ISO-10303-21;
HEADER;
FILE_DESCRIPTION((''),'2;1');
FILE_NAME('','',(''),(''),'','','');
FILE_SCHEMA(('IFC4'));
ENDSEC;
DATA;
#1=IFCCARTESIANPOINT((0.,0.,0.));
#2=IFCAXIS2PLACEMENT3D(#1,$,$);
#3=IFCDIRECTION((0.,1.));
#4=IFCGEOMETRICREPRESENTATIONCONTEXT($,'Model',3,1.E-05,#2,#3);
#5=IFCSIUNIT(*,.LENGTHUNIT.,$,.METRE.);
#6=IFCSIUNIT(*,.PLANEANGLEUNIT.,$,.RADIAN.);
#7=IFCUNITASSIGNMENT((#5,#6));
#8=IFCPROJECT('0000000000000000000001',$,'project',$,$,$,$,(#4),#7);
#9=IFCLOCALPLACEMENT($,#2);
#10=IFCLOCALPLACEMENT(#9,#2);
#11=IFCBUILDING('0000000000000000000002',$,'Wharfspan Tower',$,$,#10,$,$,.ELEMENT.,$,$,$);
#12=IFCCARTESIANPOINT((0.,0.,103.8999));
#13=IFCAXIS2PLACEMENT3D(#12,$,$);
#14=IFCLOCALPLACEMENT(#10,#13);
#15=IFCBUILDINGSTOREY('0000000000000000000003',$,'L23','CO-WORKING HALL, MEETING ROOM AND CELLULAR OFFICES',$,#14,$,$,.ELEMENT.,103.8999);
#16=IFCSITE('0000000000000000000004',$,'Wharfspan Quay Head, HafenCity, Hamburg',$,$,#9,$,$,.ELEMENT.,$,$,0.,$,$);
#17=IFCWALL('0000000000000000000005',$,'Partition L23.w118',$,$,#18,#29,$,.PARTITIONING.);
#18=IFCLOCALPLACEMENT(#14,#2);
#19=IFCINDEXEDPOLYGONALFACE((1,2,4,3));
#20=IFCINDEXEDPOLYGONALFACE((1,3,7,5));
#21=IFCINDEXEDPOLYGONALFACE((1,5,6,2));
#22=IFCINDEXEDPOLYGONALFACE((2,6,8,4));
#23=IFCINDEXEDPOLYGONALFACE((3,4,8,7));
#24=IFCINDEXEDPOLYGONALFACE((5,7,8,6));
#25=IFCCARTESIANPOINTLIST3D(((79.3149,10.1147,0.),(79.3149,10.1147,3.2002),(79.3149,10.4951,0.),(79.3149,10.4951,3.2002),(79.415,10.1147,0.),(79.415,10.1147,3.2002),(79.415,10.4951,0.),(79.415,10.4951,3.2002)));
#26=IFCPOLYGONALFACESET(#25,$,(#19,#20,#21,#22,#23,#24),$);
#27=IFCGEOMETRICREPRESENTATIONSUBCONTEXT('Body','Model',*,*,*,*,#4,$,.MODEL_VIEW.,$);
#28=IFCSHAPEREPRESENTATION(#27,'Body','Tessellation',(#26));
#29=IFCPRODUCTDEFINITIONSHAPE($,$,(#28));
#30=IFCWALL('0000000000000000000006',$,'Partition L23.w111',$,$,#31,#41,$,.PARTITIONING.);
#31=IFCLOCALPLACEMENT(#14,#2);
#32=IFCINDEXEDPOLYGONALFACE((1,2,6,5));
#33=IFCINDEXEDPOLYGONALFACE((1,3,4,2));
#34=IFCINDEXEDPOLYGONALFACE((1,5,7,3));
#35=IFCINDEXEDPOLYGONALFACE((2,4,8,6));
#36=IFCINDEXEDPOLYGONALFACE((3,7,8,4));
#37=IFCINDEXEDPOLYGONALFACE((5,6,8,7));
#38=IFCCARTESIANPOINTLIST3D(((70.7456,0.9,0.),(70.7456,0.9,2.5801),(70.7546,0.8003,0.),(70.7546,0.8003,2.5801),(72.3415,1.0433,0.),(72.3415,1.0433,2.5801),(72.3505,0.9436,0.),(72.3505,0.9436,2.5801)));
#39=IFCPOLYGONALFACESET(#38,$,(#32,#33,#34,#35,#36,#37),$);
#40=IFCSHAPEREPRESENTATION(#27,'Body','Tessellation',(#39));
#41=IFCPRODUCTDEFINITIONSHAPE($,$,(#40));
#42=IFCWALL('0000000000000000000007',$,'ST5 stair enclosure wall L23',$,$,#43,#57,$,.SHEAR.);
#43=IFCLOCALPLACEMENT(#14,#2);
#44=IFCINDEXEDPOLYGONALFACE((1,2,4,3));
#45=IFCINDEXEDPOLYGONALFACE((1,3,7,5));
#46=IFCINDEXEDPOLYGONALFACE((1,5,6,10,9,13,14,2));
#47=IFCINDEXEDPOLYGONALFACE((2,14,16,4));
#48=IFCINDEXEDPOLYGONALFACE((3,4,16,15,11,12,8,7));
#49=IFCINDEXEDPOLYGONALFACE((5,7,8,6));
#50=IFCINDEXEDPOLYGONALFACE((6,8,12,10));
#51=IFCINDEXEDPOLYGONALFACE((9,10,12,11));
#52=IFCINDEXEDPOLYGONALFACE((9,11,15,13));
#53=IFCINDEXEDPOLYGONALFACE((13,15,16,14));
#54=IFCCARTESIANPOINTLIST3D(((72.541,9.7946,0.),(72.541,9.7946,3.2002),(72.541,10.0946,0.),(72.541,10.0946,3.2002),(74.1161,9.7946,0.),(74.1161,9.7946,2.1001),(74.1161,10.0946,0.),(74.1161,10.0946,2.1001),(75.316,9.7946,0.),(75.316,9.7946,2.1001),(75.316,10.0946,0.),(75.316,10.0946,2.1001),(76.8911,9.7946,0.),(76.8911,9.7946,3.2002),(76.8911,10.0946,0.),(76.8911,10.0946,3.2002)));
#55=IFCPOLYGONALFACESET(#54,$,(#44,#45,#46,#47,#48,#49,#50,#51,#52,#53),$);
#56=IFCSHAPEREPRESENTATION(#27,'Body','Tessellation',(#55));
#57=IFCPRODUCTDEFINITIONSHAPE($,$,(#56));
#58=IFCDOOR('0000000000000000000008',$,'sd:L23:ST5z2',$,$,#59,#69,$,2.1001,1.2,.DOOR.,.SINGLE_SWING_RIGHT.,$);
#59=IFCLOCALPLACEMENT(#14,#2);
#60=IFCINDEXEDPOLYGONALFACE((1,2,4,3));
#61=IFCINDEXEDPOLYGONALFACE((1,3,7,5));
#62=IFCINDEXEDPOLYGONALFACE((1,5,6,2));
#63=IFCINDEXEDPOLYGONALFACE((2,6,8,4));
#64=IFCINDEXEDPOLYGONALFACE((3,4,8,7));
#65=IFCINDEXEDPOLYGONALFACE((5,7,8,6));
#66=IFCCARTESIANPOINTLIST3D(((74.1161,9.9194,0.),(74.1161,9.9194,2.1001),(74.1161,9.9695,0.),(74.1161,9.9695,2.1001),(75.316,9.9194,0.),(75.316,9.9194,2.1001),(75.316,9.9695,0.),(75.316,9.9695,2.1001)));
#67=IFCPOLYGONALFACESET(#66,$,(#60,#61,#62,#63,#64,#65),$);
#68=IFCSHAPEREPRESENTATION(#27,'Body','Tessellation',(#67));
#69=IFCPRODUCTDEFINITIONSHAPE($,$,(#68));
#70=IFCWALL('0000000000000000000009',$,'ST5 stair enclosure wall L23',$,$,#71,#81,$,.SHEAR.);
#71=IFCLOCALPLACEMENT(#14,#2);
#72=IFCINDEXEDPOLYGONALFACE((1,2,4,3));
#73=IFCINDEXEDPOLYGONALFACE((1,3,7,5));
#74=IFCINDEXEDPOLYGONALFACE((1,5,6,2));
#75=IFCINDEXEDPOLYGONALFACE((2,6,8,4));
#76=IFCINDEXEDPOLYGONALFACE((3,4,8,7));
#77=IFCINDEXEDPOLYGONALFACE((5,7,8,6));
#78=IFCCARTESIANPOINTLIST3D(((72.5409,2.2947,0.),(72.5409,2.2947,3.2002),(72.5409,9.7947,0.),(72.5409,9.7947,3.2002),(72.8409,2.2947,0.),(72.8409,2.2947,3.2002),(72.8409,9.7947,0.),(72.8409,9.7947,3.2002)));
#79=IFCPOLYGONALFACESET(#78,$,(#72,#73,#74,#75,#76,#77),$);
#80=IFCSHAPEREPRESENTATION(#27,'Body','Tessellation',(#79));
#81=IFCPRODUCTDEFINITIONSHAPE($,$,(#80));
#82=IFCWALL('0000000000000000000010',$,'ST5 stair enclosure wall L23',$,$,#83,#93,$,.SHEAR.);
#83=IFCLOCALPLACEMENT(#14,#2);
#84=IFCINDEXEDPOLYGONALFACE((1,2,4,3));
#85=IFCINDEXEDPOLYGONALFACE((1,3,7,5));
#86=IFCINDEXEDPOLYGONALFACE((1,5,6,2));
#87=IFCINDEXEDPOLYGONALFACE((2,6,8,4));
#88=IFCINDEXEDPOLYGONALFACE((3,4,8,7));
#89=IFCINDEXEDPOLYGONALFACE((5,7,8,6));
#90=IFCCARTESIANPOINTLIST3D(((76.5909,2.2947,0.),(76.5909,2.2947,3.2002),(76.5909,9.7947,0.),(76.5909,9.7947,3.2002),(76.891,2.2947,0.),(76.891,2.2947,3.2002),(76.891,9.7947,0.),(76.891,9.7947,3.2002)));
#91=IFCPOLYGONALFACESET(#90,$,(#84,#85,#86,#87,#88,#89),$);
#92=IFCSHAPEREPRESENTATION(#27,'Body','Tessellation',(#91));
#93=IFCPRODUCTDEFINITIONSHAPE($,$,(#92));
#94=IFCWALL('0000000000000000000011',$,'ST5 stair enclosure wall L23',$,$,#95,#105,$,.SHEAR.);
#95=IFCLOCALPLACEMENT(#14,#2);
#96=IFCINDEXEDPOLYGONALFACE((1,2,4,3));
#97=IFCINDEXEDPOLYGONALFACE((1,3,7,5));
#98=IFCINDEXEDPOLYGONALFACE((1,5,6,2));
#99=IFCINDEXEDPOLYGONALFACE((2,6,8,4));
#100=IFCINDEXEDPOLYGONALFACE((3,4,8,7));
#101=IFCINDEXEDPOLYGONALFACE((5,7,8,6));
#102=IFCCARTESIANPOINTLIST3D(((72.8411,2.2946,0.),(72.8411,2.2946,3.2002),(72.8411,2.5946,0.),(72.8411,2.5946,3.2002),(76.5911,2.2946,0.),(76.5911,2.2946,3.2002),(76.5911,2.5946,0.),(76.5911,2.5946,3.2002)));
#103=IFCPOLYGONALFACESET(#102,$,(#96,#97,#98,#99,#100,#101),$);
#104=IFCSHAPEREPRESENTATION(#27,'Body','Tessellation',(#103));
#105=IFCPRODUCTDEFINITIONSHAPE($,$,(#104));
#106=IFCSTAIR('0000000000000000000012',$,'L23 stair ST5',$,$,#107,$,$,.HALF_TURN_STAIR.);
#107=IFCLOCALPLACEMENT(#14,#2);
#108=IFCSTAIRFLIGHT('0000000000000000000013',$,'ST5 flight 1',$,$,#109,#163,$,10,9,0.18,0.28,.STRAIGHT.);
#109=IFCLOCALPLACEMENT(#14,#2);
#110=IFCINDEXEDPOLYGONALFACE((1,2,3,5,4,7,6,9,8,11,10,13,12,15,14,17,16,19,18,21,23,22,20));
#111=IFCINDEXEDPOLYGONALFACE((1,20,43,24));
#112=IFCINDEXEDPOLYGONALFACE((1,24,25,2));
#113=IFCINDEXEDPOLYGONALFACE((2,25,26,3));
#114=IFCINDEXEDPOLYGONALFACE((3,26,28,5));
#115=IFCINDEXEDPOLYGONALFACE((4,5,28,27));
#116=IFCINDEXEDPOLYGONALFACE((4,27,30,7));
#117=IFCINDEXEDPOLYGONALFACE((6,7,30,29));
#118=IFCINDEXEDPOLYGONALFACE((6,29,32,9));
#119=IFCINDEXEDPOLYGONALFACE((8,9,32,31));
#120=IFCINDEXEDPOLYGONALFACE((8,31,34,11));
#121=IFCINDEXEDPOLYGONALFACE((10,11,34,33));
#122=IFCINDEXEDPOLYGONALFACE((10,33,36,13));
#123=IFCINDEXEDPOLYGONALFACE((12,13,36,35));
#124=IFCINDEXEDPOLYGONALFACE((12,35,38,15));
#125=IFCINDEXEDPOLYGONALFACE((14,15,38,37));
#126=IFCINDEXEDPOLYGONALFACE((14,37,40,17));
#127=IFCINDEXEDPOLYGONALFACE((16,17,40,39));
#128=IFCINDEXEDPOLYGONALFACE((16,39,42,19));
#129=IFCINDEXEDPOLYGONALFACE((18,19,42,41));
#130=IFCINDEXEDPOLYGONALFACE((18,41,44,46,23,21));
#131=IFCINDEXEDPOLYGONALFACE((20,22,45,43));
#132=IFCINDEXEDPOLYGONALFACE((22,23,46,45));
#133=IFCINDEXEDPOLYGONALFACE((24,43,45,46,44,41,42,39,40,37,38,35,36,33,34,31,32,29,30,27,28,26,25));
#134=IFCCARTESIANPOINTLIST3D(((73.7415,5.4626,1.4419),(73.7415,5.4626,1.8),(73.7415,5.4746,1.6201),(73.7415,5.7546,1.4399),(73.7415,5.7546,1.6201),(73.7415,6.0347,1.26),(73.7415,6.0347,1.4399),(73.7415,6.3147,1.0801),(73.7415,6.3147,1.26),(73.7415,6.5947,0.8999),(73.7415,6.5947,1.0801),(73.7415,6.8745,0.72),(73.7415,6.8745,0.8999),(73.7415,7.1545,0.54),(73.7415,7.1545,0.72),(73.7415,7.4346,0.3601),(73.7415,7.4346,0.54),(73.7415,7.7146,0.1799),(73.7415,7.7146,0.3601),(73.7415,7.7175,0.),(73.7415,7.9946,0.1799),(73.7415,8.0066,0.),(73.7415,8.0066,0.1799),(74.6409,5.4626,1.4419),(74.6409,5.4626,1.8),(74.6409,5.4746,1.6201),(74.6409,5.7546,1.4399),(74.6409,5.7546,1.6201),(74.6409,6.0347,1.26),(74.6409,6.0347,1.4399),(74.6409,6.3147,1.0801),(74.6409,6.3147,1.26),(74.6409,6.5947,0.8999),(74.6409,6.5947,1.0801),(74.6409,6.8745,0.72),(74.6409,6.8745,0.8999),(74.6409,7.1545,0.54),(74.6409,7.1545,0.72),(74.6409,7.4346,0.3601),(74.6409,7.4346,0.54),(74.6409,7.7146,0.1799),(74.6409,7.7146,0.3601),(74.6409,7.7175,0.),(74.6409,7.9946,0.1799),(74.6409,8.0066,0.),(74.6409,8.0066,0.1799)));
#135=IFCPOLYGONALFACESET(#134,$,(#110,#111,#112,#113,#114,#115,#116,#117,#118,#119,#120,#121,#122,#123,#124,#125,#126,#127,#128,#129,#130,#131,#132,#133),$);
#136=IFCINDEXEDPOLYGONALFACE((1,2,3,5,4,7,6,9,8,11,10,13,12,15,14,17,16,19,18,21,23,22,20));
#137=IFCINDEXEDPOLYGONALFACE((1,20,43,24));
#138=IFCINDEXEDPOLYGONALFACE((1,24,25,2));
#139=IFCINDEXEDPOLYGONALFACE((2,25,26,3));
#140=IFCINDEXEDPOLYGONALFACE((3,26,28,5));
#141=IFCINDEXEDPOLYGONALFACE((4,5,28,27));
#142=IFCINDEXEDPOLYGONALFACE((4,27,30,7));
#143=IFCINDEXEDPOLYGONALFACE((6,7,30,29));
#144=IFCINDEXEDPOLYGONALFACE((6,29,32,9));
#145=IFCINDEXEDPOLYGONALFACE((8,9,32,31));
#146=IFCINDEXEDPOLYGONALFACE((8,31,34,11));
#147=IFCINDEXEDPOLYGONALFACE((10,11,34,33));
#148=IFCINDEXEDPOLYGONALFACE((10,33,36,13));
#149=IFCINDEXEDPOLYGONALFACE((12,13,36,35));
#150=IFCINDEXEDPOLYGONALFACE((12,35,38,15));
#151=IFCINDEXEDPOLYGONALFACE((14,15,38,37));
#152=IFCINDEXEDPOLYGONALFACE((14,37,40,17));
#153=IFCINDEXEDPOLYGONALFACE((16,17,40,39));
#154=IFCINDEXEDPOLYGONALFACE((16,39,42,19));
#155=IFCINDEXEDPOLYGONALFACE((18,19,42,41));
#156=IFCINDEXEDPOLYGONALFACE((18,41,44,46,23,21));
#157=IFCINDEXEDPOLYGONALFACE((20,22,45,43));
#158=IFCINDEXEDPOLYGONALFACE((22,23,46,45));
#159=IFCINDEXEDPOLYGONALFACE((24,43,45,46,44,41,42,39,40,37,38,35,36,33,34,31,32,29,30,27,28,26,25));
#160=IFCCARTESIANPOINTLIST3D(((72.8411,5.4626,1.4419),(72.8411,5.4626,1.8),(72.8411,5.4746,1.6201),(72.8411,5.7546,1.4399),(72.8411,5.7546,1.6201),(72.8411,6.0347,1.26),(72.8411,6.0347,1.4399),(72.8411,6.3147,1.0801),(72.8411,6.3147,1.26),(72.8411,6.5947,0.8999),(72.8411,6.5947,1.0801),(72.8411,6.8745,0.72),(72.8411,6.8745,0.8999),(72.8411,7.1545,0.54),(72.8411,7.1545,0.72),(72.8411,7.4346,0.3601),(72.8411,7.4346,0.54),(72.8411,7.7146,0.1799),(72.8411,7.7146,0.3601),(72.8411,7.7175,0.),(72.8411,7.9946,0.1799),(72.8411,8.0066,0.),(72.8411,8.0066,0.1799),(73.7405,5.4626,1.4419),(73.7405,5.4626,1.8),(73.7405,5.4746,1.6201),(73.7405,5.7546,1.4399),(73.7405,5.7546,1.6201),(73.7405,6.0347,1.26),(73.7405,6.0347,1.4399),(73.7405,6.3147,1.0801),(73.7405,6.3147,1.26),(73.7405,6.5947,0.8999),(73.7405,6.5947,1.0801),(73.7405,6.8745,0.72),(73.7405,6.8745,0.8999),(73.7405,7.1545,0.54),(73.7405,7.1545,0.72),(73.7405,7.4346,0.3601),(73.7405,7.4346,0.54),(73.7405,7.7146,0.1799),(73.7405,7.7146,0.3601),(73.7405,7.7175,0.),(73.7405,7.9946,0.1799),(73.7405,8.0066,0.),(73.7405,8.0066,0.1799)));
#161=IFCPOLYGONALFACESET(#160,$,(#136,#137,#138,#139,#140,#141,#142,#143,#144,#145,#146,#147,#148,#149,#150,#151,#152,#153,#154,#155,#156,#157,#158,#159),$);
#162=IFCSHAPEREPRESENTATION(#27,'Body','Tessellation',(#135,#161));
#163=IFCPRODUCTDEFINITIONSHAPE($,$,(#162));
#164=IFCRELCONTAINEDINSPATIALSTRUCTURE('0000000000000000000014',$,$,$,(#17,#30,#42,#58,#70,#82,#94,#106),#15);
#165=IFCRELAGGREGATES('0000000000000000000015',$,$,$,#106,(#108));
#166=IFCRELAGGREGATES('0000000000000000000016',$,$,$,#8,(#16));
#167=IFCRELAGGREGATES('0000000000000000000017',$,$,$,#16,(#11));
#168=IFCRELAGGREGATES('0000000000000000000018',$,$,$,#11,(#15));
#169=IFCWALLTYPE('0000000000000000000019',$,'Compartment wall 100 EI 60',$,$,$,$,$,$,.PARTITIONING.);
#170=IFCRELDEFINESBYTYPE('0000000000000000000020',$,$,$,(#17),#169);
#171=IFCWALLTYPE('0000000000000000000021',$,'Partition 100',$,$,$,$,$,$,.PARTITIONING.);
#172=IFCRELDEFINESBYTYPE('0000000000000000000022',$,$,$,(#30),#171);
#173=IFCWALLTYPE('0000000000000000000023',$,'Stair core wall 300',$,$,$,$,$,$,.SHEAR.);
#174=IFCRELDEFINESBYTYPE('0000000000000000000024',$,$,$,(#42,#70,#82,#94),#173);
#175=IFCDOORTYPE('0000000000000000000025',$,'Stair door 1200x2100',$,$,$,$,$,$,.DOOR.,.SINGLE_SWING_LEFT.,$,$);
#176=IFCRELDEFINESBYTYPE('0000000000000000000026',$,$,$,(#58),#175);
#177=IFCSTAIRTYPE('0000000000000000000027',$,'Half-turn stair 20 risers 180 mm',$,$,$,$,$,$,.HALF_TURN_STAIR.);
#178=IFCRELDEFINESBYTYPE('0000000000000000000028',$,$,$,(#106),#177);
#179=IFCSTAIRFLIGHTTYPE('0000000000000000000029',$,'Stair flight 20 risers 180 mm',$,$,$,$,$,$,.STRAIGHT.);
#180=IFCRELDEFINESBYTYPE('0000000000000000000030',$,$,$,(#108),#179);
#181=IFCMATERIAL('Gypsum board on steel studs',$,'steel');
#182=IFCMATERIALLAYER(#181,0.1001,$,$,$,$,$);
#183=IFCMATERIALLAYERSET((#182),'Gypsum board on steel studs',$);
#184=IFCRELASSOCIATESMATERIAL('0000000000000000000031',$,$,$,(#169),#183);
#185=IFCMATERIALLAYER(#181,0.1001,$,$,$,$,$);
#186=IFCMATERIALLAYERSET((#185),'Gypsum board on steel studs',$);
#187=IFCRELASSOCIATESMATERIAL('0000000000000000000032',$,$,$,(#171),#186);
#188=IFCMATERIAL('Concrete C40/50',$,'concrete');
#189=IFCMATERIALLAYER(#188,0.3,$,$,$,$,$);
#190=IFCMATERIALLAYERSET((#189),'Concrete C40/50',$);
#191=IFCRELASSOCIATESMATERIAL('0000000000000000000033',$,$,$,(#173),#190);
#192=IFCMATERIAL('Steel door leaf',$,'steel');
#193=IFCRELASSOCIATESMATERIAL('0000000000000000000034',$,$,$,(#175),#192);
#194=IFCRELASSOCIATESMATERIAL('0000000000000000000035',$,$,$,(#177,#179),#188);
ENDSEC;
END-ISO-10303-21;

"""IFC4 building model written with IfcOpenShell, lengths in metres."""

from ifc_helpers import new_model, si_unit, direction, frame, frame_2d, origin, place, context, subcontext, project, spatial, polyline, rectangle, outline, extrude, material, layer, layer_set, type_object, element, fill, aggregate, save


model = new_model("IFC4")

# Units and contexts
model_context = context("Model", 3, precision=1e-05, world=origin(), true_north=direction((0.0, 1.0)))
body_context = subcontext(model_context, "Body", "Model", "MODEL_VIEW")
ifc_project = project(units=[si_unit("LENGTHUNIT", "METRE"), si_unit("PLANEANGLEUNIT", "RADIAN")], contexts=[model_context])

# Site, building, storey
site_placement = place(None, origin())
site = spatial("IfcSite", under=ifc_project, at=site_placement, Name="Wharfspan Quay Head, HafenCity, Hamburg", CompositionType="ELEMENT", RefElevation=0.0)
building_placement = place(site_placement, origin())
building = spatial("IfcBuilding", under=site, at=building_placement, Name="Wharfspan Tower", CompositionType="ELEMENT")
storey_placement = place(building_placement, frame((0.0, 0.0, 103.8999)))
storey = spatial("IfcBuildingStorey", under=building, at=storey_placement, Name="L23", Description="CO-WORKING HALL, MEETING ROOM AND CELLULAR OFFICES", CompositionType="ELEMENT", Elevation=103.8999)

# Walls
ifc_material_1 = material(Name="Gypsum board on steel studs", Category="steel")
ifc_layer_1 = layer(ifc_material_1, 0.1001)
ifc_layer_set_1 = layer_set([ifc_layer_1], Name="Gypsum board on steel studs")
wall_type_1 = type_object("IfcWallType", Name="Compartment wall 100 EI 60", PredefinedType="PARTITIONING", material=ifc_layer_set_1)
wall_1_placement = place(storey_placement, frame((79.365, 10.1147, 0.0), z_axis=(0.0, 0.0, 1.0), x_axis=(0.0, 1.0, 0.0)))
element("IfcWall", 1, at=wall_1_placement, inside=storey, type_object=wall_type_1, Name="Partition L23.w118", PredefinedType="PARTITIONING", context=body_context, shape_type="SweptSolid", body=[
    extrude(rectangle(XDim=0.3804, YDim=0.1001, at=frame_2d((0.1902, 0.0))), origin(), (0.0, 0.0, 1.0), 3.2002),
])
ifc_layer_2 = layer(ifc_material_1, 0.1001)
ifc_layer_set_2 = layer_set([ifc_layer_2], Name="Gypsum board on steel studs")
wall_type_2 = type_object("IfcWallType", Name="Partition 100", PredefinedType="PARTITIONING", material=ifc_layer_set_2)
wall_2_placement = place(storey_placement, frame((70.75, 0.8501, 0.0), z_axis=(0.0, 0.0, 1.0), x_axis=(0.995996, 0.089437, 0.0)))
element("IfcWall", 2, at=wall_2_placement, inside=storey, type_object=wall_type_2, Name="Partition L23.w111", PredefinedType="PARTITIONING", context=body_context, shape_type="SweptSolid", body=[
    extrude(rectangle(XDim=1.6023, YDim=0.1001, at=frame_2d((0.8013, 0.0))), origin(), (0.0, 0.0, 1.0), 2.5801),
])

# Wall, opening, door
ifc_material_2 = material(Name="Concrete C40/50", Category="concrete")
ifc_layer_3 = layer(ifc_material_2, 0.3)
ifc_layer_set_3 = layer_set([ifc_layer_3], Name="Concrete C40/50")
wall_type_3 = type_object("IfcWallType", Name="Stair core wall 300", PredefinedType="SHEAR", material=ifc_layer_set_3)
wall_3_placement = place(storey_placement, frame((72.541, 9.9446, 0.0), z_axis=(0.0, 0.0, 1.0), x_axis=(1.0, 0.0, 0.0)))
wall_3 = element("IfcWall", 3, at=wall_3_placement, inside=storey, type_object=wall_type_3, Name="ST5 stair enclosure wall L23", PredefinedType="SHEAR", context=body_context, shape_type="SweptSolid", body=[
    extrude(rectangle(XDim=4.3501, YDim=0.3, at=frame_2d((2.175, 0.0))), origin(), (0.0, 0.0, 1.0), 3.2002),
])
opening_placement = place(wall_3_placement, frame((1.575, 0.0, 0.0)))
opening = element("IfcOpeningElement", 4, at=opening_placement, cuts=wall_3, PredefinedType="OPENING", context=body_context, shape_type="SweptSolid", body=[
    extrude(rectangle(XDim=1.2, YDim=2.1001, at=frame_2d((0.6001, 1.05))), frame((0.0, 0.1599, 0.0), z_axis=(0.0, -1.0, 0.0), x_axis=(1.0, 0.0, 0.0)), (0.0, 0.0, 1.0), 0.3201),
])
ifc_material_3 = material(Name="Steel door leaf", Category="steel")
door_type = type_object("IfcDoorType", Name="Stair door 1200x2100", OperationType="SINGLE_SWING_LEFT", PredefinedType="DOOR", material=ifc_material_3)
door_placement = place(opening_placement, origin())
door = element("IfcDoor", 5, at=door_placement, inside=storey, type_object=door_type, Name="sd:L23:ST5z2", OperationType="SINGLE_SWING_RIGHT", OverallHeight=2.1001, OverallWidth=1.2, PredefinedType="DOOR", context=body_context, shape_type="SweptSolid", body=[
    extrude(rectangle(XDim=1.2, YDim=2.1001, at=frame_2d((0.6001, 1.05))), frame((0.0, 0.0249, 0.0), z_axis=(0.0, -1.0, 0.0), x_axis=(1.0, 0.0, 0.0)), (0.0, 0.0, 1.0), 0.05),
])
fill(opening, door)

# Walls
for number, where, z_axis, x_axis, name in (
    (6, (72.6909, 2.2947, 0.0), (0.0, 0.0, 1.0), (0.0, 1.0, 0.0), "ST5 stair enclosure wall L23"),
    (7, (76.741, 2.2947, 0.0), (0.0, 0.0, 1.0), (0.0, 1.0, 0.0), "ST5 stair enclosure wall L23"),
):
    element("IfcWall", number, at=place(storey_placement, frame(where, z_axis=z_axis, x_axis=x_axis)), inside=storey, type_object=wall_type_3, Name=name, PredefinedType="SHEAR", context=body_context, shape_type="SweptSolid", body=[
        extrude(rectangle(XDim=7.5, YDim=0.3, at=frame_2d((3.75, 0.0))), origin(), (0.0, 0.0, 1.0), 3.2002),
    ])
wall_4_placement = place(storey_placement, frame((72.8411, 2.4446, 0.0), z_axis=(0.0, 0.0, 1.0), x_axis=(1.0, 0.0, 0.0)))
element("IfcWall", 8, at=wall_4_placement, inside=storey, type_object=wall_type_3, Name="ST5 stair enclosure wall L23", PredefinedType="SHEAR", context=body_context, shape_type="SweptSolid", body=[
    extrude(rectangle(XDim=3.75, YDim=0.3, at=frame_2d((1.875, 0.0))), origin(), (0.0, 0.0, 1.0), 3.2002),
])

# Stair, stair flight
stair_type = type_object("IfcStairType", Name="Half-turn stair 20 risers 180 mm", PredefinedType="HALF_TURN_STAIR", material=ifc_material_2)
stair_placement = place(storey_placement, origin())
stair = element("IfcStair", 9, at=stair_placement, inside=storey, type_object=stair_type, Name="L23 stair ST5", PredefinedType="HALF_TURN_STAIR")
stair_flight_type = type_object("IfcStairFlightType", Name="Stair flight 20 risers 180 mm", PredefinedType="STRAIGHT", material=ifc_material_2)
stair_flight_1_placement = place(storey_placement, frame((73.741, 7.9946, 0.0), z_axis=(0.0, 0.0, 1.0), x_axis=(0.0, -1.0, 0.0)))
stair_flight_1 = element("IfcStairFlight", 10, at=stair_flight_1_placement, type_object=stair_flight_type, Name="ST5 flight 1", NumberOfRisers=10, NumberOfTreads=9, PredefinedType="STRAIGHT", RiserHeight=0.18, TreadLength=0.28, context=body_context, shape_type="SweptSolid", body=[
    extrude(outline(polyline([(-0.012, 0.0), (-0.012, 0.1799), (0.0, 0.1799), (0.28, 0.1799), (0.28, 0.3601), (0.5601, 0.3601), (0.5601, 0.54), (0.8401, 0.54), (0.8401, 0.72), (1.1201, 0.72), (1.1201, 0.8999), (1.3999, 0.8999), (1.3999, 1.0801), (1.6799, 1.0801), (1.6799, 1.26), (1.96, 1.26), (1.96, 1.4399), (2.24, 1.4399), (2.24, 1.6201), (2.52, 1.6201), (2.532, 1.8), (2.532, 1.4419), (0.2771, 0.0), (-0.012, 0.0)])), frame((0.0, 0.8999, 0.0), z_axis=(0.0, -1.0, 0.0), x_axis=(1.0, 0.0, 0.0)), (0.0, 0.0, 1.0), 0.8994),
    extrude(outline(polyline([(-0.012, 0.0), (-0.012, 0.1799), (0.0, 0.1799), (0.28, 0.1799), (0.28, 0.3601), (0.5601, 0.3601), (0.5601, 0.54), (0.8401, 0.54), (0.8401, 0.72), (1.1201, 0.72), (1.1201, 0.8999), (1.3999, 0.8999), (1.3999, 1.0801), (1.6799, 1.0801), (1.6799, 1.26), (1.96, 1.26), (1.96, 1.4399), (2.24, 1.4399), (2.24, 1.6201), (2.52, 1.6201), (2.532, 1.8), (2.532, 1.4419), (0.2771, 0.0), (-0.012, 0.0)])), frame((0.0, -0.0005, 0.0), z_axis=(0.0, -1.0, 0.0), x_axis=(1.0, 0.0, 0.0)), (0.0, 0.0, 1.0), 0.8994),
])
aggregate(stair, [stair_flight_1])

save(model, "model.ifc")
